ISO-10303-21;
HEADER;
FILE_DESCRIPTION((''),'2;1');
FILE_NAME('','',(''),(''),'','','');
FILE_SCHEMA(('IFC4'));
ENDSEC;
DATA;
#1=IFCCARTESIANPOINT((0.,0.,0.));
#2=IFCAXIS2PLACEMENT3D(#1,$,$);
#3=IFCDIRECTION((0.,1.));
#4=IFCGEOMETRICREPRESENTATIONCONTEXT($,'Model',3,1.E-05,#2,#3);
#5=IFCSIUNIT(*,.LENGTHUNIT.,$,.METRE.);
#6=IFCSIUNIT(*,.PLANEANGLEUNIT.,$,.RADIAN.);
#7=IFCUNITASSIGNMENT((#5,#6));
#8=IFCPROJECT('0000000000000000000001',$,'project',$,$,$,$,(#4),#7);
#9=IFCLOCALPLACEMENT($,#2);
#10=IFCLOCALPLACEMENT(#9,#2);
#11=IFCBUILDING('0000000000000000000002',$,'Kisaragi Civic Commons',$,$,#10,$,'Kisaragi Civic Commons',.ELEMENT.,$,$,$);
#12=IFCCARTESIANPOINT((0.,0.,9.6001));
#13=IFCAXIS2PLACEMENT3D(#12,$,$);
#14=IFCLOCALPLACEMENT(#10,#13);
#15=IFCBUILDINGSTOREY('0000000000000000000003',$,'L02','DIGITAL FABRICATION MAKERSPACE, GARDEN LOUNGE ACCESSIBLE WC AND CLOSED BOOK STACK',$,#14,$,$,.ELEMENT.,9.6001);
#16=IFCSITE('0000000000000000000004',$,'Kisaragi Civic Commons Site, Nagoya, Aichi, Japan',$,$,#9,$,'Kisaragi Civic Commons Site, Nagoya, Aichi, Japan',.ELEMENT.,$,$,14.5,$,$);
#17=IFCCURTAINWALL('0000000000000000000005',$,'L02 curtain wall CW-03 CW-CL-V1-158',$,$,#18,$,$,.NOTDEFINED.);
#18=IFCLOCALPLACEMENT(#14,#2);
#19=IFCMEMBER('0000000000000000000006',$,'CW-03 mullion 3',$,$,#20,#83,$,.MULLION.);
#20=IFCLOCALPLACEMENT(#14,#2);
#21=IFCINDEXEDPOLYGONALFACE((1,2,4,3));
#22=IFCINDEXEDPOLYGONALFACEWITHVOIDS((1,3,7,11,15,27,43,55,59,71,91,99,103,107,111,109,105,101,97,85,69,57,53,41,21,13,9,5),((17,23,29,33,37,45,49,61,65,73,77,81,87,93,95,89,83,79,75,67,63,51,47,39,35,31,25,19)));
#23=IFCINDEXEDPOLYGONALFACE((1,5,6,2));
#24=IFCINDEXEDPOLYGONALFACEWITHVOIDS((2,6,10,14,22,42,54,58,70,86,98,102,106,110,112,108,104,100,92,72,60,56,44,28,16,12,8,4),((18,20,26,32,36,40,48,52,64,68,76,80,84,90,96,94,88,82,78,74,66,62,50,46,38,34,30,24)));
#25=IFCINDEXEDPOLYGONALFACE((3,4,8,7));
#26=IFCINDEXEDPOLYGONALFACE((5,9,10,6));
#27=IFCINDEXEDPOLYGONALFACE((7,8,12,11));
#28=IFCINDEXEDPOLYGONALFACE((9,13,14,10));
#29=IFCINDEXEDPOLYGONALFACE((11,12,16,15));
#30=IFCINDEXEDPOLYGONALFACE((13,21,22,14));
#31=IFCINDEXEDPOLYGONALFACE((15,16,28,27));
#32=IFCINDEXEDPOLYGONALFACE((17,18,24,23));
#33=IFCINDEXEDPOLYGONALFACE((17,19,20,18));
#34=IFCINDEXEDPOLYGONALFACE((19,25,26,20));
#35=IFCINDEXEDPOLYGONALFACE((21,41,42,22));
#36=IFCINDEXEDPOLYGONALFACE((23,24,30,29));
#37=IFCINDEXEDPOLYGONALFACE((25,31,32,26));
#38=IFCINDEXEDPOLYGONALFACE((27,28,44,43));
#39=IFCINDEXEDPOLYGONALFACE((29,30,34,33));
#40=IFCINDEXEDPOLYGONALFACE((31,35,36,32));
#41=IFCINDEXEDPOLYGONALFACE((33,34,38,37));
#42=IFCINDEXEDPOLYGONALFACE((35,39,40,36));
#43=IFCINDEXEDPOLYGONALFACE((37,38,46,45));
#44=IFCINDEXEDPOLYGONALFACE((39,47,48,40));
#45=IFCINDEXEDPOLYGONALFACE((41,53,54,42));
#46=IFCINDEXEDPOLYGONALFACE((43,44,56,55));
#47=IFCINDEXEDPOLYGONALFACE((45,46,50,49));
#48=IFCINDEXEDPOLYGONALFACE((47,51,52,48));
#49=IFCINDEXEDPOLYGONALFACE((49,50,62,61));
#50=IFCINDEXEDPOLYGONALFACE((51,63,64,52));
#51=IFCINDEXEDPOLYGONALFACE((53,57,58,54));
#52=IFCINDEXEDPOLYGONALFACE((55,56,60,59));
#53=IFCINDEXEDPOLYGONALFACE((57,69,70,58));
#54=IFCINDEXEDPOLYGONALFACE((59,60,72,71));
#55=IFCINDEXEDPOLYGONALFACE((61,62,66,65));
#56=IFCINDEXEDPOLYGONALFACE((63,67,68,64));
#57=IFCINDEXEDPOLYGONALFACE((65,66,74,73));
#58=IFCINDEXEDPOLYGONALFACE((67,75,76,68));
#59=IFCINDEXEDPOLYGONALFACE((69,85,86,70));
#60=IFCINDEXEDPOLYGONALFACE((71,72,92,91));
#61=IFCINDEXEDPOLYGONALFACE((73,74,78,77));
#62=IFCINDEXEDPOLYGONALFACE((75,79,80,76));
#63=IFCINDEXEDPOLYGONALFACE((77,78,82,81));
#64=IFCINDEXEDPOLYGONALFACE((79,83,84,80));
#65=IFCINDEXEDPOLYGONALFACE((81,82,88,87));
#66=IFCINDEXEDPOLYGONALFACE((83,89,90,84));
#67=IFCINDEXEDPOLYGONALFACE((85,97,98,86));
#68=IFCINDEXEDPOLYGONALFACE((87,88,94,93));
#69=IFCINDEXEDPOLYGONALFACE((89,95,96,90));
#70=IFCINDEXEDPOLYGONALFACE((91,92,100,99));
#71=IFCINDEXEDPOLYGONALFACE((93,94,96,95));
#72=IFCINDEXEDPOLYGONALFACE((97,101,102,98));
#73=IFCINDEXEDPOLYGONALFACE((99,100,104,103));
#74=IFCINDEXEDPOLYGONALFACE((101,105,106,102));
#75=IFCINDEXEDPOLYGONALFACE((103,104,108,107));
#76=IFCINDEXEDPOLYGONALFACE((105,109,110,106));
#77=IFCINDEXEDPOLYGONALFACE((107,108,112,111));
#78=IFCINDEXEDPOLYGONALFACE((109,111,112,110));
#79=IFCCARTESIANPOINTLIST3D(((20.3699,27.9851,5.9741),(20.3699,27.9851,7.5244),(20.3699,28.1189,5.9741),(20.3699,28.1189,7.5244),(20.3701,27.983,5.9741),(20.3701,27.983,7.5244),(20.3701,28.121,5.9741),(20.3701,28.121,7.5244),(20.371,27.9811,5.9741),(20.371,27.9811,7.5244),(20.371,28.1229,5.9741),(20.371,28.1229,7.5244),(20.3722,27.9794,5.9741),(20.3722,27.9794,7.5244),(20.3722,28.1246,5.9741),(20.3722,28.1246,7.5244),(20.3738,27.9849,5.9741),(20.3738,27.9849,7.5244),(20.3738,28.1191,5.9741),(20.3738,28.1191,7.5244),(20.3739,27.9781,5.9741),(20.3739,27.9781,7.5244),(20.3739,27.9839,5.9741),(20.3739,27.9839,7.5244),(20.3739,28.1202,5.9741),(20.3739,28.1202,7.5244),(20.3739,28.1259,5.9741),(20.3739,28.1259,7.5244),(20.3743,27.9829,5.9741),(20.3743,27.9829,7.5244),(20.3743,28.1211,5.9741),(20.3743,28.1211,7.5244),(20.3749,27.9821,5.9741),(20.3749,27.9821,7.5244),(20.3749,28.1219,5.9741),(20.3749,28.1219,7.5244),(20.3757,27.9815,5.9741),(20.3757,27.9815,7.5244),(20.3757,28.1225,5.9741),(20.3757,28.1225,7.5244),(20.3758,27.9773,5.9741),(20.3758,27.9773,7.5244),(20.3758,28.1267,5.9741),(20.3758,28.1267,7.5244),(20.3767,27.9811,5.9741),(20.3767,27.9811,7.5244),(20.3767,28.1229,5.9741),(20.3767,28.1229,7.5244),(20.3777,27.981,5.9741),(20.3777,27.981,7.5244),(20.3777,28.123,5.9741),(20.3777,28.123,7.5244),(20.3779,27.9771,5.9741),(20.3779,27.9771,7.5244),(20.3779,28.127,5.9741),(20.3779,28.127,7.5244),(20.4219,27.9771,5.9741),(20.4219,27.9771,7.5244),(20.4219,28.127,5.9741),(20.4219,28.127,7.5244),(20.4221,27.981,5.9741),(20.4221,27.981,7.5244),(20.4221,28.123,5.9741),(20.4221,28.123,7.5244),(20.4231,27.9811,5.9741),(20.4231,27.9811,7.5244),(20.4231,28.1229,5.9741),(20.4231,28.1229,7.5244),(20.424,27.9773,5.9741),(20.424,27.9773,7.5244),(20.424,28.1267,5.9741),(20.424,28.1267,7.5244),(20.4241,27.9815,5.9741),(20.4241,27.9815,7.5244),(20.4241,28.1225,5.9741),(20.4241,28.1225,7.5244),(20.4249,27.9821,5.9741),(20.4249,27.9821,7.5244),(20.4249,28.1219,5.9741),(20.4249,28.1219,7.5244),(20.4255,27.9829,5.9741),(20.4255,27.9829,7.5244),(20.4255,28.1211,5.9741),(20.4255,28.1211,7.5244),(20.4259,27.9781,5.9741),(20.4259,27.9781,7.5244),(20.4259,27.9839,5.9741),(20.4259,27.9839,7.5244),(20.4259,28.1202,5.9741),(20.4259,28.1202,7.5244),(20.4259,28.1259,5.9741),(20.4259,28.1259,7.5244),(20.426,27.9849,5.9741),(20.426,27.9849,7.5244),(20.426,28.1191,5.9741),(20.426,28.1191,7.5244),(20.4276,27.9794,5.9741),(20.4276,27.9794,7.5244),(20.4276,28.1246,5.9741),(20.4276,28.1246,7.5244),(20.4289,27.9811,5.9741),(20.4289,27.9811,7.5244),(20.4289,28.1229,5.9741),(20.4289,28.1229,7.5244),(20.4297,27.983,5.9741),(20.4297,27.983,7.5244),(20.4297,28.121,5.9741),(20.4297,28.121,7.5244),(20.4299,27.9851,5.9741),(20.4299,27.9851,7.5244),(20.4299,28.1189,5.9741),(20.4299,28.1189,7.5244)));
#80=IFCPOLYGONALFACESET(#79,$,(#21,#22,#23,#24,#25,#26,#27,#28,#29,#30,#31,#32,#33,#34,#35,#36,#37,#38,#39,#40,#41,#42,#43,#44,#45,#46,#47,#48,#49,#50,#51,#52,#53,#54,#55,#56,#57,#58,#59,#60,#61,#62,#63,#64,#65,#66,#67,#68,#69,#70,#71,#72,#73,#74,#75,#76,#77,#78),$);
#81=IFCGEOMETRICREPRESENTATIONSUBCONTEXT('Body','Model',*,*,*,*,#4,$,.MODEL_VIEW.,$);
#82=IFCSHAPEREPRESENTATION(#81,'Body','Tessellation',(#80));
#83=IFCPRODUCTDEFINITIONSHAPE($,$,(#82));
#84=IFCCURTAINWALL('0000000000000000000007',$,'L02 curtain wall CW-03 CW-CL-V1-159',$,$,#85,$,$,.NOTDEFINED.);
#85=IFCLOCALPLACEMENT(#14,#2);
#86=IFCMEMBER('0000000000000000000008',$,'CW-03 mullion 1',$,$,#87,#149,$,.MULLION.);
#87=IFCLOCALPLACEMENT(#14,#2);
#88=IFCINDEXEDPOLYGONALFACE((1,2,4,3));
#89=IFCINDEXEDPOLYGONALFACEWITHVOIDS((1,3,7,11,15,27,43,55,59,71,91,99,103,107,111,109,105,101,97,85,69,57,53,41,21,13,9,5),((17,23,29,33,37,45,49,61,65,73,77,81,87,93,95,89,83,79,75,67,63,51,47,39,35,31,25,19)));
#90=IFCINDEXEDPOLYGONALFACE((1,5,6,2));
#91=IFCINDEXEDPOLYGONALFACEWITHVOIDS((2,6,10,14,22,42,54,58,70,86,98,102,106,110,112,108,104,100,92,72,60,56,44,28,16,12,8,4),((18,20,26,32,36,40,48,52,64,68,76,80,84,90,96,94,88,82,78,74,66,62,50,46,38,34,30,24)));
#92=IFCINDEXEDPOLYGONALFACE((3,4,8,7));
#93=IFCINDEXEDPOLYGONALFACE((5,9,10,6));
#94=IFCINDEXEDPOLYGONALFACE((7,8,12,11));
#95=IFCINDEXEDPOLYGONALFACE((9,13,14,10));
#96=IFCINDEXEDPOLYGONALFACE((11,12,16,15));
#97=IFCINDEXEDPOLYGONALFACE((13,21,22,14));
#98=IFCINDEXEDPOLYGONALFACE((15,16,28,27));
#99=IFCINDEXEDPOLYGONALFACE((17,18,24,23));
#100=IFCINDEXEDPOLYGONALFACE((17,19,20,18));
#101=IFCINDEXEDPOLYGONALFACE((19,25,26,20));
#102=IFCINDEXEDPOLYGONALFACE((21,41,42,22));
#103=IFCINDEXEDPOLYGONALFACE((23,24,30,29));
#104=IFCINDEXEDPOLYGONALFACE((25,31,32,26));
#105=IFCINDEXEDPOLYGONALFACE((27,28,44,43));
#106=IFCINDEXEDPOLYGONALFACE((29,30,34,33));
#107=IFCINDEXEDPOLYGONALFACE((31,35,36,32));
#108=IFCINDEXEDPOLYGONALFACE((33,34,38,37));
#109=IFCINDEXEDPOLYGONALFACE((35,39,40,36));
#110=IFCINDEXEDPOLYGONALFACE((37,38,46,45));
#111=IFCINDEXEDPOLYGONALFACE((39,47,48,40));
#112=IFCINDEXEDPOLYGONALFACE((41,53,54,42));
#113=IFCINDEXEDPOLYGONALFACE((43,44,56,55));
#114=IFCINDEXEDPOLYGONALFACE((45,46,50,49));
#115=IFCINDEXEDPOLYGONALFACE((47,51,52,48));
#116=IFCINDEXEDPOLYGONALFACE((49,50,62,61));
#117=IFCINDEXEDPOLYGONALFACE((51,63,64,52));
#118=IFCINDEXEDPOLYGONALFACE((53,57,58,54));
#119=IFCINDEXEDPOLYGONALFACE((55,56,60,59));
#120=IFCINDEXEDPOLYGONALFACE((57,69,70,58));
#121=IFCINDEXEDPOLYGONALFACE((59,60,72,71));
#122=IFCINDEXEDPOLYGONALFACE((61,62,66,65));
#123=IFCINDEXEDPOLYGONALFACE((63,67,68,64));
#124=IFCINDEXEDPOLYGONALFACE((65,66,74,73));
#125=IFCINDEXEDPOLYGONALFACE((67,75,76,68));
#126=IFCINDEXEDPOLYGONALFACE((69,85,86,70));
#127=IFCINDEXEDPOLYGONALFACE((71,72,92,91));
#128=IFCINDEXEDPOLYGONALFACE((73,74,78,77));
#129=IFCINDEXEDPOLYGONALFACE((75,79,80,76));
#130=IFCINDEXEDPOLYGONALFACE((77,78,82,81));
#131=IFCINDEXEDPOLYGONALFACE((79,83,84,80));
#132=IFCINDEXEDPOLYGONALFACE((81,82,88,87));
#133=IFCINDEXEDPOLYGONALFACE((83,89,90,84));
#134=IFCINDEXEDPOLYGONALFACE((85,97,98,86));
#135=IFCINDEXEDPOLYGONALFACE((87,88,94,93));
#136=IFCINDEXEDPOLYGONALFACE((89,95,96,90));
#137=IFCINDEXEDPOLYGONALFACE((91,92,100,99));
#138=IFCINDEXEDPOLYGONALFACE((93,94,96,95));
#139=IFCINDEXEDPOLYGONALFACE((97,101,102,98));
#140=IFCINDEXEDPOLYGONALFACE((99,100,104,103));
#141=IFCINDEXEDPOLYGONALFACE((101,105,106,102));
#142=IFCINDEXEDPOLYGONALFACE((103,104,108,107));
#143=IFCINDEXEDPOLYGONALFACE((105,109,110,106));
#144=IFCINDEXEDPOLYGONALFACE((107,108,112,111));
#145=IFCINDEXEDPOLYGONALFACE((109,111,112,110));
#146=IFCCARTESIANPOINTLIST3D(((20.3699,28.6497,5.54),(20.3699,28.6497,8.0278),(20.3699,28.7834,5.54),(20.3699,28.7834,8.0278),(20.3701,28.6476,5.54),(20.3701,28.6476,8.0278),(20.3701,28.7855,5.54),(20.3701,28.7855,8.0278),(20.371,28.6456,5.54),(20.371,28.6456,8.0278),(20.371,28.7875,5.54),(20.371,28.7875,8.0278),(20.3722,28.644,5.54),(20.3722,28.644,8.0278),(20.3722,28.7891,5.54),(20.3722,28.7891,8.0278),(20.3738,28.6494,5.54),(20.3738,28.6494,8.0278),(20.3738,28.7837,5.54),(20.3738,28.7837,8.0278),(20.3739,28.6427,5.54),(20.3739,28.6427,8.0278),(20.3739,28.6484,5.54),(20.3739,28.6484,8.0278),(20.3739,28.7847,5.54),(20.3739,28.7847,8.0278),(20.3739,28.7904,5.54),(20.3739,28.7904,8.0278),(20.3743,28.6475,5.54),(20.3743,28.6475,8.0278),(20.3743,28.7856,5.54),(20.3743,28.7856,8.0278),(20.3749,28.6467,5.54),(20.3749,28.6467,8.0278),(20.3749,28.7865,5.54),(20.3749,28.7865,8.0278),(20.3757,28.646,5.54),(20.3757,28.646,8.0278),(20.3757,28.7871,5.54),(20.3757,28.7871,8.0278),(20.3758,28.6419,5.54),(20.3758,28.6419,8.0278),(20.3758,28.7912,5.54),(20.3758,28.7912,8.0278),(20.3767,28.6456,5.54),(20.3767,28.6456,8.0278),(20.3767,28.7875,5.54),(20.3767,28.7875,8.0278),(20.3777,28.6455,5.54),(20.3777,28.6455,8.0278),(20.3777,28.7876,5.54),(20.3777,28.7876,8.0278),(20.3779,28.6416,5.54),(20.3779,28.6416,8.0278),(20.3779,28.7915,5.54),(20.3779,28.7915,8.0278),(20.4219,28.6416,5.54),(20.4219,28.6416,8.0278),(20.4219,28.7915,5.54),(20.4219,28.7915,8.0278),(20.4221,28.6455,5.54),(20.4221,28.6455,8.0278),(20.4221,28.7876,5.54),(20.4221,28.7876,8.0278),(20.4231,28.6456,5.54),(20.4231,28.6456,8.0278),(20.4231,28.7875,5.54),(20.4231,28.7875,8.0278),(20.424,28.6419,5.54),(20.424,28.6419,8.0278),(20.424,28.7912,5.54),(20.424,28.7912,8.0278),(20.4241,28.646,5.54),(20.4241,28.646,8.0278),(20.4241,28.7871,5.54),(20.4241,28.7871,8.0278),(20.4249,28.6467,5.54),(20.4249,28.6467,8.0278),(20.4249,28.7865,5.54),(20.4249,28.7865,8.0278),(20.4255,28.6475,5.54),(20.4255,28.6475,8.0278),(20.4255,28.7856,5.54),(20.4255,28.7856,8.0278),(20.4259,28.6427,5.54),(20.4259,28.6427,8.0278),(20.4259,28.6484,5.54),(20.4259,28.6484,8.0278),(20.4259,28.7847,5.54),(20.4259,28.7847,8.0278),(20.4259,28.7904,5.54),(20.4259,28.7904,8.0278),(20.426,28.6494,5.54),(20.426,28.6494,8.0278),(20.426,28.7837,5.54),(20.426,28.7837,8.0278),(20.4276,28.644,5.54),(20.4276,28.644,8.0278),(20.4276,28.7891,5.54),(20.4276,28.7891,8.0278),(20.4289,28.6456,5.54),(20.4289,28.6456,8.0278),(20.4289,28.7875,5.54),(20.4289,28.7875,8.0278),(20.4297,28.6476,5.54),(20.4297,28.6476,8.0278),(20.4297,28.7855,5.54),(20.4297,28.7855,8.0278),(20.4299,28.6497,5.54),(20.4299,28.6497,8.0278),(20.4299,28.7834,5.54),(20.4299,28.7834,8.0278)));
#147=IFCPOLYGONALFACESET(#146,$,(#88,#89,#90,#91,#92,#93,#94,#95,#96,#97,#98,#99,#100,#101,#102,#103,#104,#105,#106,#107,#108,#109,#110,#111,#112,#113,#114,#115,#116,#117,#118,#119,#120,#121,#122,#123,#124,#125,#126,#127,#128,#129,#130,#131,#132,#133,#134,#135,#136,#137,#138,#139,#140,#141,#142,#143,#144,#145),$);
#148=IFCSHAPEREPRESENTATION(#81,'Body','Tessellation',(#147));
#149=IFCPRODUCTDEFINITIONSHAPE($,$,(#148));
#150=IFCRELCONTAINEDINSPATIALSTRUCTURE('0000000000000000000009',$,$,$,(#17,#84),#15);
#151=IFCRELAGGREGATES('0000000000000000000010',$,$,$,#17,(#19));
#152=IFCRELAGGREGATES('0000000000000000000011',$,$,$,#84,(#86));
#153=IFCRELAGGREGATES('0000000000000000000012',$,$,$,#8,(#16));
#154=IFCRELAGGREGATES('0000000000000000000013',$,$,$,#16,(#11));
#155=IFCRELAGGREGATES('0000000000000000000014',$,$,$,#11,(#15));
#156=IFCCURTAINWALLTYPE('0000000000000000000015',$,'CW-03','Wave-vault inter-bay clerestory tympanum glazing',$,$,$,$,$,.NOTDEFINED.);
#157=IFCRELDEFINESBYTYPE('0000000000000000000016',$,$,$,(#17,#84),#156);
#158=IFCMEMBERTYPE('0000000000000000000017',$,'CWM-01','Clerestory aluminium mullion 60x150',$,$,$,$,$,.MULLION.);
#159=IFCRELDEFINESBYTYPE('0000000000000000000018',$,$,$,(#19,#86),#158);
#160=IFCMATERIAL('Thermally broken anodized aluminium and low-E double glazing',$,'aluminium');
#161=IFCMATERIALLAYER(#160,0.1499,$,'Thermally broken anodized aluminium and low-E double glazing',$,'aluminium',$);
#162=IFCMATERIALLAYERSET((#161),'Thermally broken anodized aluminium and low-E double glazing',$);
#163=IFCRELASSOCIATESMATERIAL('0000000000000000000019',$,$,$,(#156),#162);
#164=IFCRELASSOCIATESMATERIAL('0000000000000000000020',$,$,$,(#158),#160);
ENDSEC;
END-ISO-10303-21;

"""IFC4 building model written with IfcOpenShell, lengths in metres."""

from ifc_helpers import new_model, si_unit, direction, frame, origin, origin_2d, place, context, subcontext, project, spatial, hollow_rectangle, extrude, material, layer, layer_set, material_profile, profile_set, type_object, element, aggregate, save


model = new_model("IFC4")

# Units and contexts
model_context = context("Model", 3, precision=1e-05, world=origin(), true_north=direction((0.0, 1.0)))
body_context = subcontext(model_context, "Body", "Model", "MODEL_VIEW")
ifc_project = project(units=[si_unit("LENGTHUNIT", "METRE"), si_unit("PLANEANGLEUNIT", "RADIAN")], contexts=[model_context])

# Site, building, storey
site_placement = place(None, origin())
site = spatial("IfcSite", under=ifc_project, at=site_placement, Name="Kisaragi Civic Commons Site, Nagoya, Aichi, Japan", LongName="Kisaragi Civic Commons Site, Nagoya, Aichi, Japan", CompositionType="ELEMENT", RefElevation=14.5)
building_placement = place(site_placement, origin())
building = spatial("IfcBuilding", under=site, at=building_placement, Name="Kisaragi Civic Commons", LongName="Kisaragi Civic Commons", CompositionType="ELEMENT")
storey_placement = place(building_placement, frame((0.0, 0.0, 9.6001)))
storey = spatial("IfcBuildingStorey", under=building, at=storey_placement, Name="L02", Description="DIGITAL FABRICATION MAKERSPACE, GARDEN LOUNGE ACCESSIBLE WC AND CLOSED BOOK STACK", CompositionType="ELEMENT", Elevation=9.6001)

# Curtain wall, member
ifc_material_1 = material(Name="Thermally broken anodized aluminium and low-E double glazing", Category="aluminium")
ifc_layer_1 = layer(ifc_material_1, 0.1499, Name="Thermally broken anodized aluminium and low-E double glazing", Category="aluminium")
ifc_layer_set_1 = layer_set([ifc_layer_1], Name="Thermally broken anodized aluminium and low-E double glazing")
curtain_wall_type = type_object("IfcCurtainWallType", Name="CW-03", Description="Wave-vault inter-bay clerestory tympanum glazing", PredefinedType="NOTDEFINED", material=ifc_layer_set_1)
curtain_wall_1_placement = place(storey_placement, origin())
curtain_wall_1 = element("IfcCurtainWall", 1, at=curtain_wall_1_placement, inside=storey, type_object=curtain_wall_type, Name="L02 curtain wall CW-03 CW-CL-V1-158", PredefinedType="NOTDEFINED")
ifc_material_profile_1 = material_profile(ifc_material_1, hollow_rectangle(XDim=0.0601, YDim=0.1499, WallThickness=0.0039, InnerFilletRadius=0.0039, OuterFilletRadius=0.0081, at=origin_2d()), Name="CWM-60x150x4", Category="aluminium")
ifc_profile_set_1 = profile_set([ifc_material_profile_1], Name="Thermally broken anodized aluminium and low-E double glazing")
member_type_1 = type_object("IfcMemberType", Name="CWM-01", Description="Clerestory aluminium mullion 60x150", PredefinedType="MULLION", material=ifc_profile_set_1)
member_1_placement = place(storey_placement, frame((20.3999, 28.052, 5.9741), z_axis=(0.0, 0.0, 1.0), x_axis=(-1.0, 0.0, 0.0)))
member_1 = element("IfcMember", 2, at=member_1_placement, type_object=member_type_1, Name="CW-03 mullion 3", PredefinedType="MULLION", context=body_context, shape_type="SweptSolid", body=[
    extrude(hollow_rectangle(XDim=0.0601, YDim=0.1499, WallThickness=0.0039, InnerFilletRadius=0.0039, OuterFilletRadius=0.0081, at=origin_2d()), origin(), (0.0, 0.0, 1.0), 1.5503),
])

# Curtain wall, member
curtain_wall_2_placement = place(storey_placement, origin())
curtain_wall_2 = element("IfcCurtainWall", 3, at=curtain_wall_2_placement, inside=storey, type_object=curtain_wall_type, Name="L02 curtain wall CW-03 CW-CL-V1-159", PredefinedType="NOTDEFINED")
member_2_placement = place(storey_placement, frame((20.3999, 28.7166, 5.54), z_axis=(0.0, 0.0, 1.0), x_axis=(-1.0, 0.0, 0.0)))
member_2 = element("IfcMember", 4, at=member_2_placement, type_object=member_type_1, Name="CW-03 mullion 1", PredefinedType="MULLION", context=body_context, shape_type="SweptSolid", body=[
    extrude(hollow_rectangle(XDim=0.0601, YDim=0.1499, WallThickness=0.0039, InnerFilletRadius=0.0039, OuterFilletRadius=0.0081, at=origin_2d()), origin(), (0.0, 0.0, 1.0), 2.4878),
])

aggregate(curtain_wall_1, [member_1])
aggregate(curtain_wall_2, [member_2])

save(model, "model.ifc")
